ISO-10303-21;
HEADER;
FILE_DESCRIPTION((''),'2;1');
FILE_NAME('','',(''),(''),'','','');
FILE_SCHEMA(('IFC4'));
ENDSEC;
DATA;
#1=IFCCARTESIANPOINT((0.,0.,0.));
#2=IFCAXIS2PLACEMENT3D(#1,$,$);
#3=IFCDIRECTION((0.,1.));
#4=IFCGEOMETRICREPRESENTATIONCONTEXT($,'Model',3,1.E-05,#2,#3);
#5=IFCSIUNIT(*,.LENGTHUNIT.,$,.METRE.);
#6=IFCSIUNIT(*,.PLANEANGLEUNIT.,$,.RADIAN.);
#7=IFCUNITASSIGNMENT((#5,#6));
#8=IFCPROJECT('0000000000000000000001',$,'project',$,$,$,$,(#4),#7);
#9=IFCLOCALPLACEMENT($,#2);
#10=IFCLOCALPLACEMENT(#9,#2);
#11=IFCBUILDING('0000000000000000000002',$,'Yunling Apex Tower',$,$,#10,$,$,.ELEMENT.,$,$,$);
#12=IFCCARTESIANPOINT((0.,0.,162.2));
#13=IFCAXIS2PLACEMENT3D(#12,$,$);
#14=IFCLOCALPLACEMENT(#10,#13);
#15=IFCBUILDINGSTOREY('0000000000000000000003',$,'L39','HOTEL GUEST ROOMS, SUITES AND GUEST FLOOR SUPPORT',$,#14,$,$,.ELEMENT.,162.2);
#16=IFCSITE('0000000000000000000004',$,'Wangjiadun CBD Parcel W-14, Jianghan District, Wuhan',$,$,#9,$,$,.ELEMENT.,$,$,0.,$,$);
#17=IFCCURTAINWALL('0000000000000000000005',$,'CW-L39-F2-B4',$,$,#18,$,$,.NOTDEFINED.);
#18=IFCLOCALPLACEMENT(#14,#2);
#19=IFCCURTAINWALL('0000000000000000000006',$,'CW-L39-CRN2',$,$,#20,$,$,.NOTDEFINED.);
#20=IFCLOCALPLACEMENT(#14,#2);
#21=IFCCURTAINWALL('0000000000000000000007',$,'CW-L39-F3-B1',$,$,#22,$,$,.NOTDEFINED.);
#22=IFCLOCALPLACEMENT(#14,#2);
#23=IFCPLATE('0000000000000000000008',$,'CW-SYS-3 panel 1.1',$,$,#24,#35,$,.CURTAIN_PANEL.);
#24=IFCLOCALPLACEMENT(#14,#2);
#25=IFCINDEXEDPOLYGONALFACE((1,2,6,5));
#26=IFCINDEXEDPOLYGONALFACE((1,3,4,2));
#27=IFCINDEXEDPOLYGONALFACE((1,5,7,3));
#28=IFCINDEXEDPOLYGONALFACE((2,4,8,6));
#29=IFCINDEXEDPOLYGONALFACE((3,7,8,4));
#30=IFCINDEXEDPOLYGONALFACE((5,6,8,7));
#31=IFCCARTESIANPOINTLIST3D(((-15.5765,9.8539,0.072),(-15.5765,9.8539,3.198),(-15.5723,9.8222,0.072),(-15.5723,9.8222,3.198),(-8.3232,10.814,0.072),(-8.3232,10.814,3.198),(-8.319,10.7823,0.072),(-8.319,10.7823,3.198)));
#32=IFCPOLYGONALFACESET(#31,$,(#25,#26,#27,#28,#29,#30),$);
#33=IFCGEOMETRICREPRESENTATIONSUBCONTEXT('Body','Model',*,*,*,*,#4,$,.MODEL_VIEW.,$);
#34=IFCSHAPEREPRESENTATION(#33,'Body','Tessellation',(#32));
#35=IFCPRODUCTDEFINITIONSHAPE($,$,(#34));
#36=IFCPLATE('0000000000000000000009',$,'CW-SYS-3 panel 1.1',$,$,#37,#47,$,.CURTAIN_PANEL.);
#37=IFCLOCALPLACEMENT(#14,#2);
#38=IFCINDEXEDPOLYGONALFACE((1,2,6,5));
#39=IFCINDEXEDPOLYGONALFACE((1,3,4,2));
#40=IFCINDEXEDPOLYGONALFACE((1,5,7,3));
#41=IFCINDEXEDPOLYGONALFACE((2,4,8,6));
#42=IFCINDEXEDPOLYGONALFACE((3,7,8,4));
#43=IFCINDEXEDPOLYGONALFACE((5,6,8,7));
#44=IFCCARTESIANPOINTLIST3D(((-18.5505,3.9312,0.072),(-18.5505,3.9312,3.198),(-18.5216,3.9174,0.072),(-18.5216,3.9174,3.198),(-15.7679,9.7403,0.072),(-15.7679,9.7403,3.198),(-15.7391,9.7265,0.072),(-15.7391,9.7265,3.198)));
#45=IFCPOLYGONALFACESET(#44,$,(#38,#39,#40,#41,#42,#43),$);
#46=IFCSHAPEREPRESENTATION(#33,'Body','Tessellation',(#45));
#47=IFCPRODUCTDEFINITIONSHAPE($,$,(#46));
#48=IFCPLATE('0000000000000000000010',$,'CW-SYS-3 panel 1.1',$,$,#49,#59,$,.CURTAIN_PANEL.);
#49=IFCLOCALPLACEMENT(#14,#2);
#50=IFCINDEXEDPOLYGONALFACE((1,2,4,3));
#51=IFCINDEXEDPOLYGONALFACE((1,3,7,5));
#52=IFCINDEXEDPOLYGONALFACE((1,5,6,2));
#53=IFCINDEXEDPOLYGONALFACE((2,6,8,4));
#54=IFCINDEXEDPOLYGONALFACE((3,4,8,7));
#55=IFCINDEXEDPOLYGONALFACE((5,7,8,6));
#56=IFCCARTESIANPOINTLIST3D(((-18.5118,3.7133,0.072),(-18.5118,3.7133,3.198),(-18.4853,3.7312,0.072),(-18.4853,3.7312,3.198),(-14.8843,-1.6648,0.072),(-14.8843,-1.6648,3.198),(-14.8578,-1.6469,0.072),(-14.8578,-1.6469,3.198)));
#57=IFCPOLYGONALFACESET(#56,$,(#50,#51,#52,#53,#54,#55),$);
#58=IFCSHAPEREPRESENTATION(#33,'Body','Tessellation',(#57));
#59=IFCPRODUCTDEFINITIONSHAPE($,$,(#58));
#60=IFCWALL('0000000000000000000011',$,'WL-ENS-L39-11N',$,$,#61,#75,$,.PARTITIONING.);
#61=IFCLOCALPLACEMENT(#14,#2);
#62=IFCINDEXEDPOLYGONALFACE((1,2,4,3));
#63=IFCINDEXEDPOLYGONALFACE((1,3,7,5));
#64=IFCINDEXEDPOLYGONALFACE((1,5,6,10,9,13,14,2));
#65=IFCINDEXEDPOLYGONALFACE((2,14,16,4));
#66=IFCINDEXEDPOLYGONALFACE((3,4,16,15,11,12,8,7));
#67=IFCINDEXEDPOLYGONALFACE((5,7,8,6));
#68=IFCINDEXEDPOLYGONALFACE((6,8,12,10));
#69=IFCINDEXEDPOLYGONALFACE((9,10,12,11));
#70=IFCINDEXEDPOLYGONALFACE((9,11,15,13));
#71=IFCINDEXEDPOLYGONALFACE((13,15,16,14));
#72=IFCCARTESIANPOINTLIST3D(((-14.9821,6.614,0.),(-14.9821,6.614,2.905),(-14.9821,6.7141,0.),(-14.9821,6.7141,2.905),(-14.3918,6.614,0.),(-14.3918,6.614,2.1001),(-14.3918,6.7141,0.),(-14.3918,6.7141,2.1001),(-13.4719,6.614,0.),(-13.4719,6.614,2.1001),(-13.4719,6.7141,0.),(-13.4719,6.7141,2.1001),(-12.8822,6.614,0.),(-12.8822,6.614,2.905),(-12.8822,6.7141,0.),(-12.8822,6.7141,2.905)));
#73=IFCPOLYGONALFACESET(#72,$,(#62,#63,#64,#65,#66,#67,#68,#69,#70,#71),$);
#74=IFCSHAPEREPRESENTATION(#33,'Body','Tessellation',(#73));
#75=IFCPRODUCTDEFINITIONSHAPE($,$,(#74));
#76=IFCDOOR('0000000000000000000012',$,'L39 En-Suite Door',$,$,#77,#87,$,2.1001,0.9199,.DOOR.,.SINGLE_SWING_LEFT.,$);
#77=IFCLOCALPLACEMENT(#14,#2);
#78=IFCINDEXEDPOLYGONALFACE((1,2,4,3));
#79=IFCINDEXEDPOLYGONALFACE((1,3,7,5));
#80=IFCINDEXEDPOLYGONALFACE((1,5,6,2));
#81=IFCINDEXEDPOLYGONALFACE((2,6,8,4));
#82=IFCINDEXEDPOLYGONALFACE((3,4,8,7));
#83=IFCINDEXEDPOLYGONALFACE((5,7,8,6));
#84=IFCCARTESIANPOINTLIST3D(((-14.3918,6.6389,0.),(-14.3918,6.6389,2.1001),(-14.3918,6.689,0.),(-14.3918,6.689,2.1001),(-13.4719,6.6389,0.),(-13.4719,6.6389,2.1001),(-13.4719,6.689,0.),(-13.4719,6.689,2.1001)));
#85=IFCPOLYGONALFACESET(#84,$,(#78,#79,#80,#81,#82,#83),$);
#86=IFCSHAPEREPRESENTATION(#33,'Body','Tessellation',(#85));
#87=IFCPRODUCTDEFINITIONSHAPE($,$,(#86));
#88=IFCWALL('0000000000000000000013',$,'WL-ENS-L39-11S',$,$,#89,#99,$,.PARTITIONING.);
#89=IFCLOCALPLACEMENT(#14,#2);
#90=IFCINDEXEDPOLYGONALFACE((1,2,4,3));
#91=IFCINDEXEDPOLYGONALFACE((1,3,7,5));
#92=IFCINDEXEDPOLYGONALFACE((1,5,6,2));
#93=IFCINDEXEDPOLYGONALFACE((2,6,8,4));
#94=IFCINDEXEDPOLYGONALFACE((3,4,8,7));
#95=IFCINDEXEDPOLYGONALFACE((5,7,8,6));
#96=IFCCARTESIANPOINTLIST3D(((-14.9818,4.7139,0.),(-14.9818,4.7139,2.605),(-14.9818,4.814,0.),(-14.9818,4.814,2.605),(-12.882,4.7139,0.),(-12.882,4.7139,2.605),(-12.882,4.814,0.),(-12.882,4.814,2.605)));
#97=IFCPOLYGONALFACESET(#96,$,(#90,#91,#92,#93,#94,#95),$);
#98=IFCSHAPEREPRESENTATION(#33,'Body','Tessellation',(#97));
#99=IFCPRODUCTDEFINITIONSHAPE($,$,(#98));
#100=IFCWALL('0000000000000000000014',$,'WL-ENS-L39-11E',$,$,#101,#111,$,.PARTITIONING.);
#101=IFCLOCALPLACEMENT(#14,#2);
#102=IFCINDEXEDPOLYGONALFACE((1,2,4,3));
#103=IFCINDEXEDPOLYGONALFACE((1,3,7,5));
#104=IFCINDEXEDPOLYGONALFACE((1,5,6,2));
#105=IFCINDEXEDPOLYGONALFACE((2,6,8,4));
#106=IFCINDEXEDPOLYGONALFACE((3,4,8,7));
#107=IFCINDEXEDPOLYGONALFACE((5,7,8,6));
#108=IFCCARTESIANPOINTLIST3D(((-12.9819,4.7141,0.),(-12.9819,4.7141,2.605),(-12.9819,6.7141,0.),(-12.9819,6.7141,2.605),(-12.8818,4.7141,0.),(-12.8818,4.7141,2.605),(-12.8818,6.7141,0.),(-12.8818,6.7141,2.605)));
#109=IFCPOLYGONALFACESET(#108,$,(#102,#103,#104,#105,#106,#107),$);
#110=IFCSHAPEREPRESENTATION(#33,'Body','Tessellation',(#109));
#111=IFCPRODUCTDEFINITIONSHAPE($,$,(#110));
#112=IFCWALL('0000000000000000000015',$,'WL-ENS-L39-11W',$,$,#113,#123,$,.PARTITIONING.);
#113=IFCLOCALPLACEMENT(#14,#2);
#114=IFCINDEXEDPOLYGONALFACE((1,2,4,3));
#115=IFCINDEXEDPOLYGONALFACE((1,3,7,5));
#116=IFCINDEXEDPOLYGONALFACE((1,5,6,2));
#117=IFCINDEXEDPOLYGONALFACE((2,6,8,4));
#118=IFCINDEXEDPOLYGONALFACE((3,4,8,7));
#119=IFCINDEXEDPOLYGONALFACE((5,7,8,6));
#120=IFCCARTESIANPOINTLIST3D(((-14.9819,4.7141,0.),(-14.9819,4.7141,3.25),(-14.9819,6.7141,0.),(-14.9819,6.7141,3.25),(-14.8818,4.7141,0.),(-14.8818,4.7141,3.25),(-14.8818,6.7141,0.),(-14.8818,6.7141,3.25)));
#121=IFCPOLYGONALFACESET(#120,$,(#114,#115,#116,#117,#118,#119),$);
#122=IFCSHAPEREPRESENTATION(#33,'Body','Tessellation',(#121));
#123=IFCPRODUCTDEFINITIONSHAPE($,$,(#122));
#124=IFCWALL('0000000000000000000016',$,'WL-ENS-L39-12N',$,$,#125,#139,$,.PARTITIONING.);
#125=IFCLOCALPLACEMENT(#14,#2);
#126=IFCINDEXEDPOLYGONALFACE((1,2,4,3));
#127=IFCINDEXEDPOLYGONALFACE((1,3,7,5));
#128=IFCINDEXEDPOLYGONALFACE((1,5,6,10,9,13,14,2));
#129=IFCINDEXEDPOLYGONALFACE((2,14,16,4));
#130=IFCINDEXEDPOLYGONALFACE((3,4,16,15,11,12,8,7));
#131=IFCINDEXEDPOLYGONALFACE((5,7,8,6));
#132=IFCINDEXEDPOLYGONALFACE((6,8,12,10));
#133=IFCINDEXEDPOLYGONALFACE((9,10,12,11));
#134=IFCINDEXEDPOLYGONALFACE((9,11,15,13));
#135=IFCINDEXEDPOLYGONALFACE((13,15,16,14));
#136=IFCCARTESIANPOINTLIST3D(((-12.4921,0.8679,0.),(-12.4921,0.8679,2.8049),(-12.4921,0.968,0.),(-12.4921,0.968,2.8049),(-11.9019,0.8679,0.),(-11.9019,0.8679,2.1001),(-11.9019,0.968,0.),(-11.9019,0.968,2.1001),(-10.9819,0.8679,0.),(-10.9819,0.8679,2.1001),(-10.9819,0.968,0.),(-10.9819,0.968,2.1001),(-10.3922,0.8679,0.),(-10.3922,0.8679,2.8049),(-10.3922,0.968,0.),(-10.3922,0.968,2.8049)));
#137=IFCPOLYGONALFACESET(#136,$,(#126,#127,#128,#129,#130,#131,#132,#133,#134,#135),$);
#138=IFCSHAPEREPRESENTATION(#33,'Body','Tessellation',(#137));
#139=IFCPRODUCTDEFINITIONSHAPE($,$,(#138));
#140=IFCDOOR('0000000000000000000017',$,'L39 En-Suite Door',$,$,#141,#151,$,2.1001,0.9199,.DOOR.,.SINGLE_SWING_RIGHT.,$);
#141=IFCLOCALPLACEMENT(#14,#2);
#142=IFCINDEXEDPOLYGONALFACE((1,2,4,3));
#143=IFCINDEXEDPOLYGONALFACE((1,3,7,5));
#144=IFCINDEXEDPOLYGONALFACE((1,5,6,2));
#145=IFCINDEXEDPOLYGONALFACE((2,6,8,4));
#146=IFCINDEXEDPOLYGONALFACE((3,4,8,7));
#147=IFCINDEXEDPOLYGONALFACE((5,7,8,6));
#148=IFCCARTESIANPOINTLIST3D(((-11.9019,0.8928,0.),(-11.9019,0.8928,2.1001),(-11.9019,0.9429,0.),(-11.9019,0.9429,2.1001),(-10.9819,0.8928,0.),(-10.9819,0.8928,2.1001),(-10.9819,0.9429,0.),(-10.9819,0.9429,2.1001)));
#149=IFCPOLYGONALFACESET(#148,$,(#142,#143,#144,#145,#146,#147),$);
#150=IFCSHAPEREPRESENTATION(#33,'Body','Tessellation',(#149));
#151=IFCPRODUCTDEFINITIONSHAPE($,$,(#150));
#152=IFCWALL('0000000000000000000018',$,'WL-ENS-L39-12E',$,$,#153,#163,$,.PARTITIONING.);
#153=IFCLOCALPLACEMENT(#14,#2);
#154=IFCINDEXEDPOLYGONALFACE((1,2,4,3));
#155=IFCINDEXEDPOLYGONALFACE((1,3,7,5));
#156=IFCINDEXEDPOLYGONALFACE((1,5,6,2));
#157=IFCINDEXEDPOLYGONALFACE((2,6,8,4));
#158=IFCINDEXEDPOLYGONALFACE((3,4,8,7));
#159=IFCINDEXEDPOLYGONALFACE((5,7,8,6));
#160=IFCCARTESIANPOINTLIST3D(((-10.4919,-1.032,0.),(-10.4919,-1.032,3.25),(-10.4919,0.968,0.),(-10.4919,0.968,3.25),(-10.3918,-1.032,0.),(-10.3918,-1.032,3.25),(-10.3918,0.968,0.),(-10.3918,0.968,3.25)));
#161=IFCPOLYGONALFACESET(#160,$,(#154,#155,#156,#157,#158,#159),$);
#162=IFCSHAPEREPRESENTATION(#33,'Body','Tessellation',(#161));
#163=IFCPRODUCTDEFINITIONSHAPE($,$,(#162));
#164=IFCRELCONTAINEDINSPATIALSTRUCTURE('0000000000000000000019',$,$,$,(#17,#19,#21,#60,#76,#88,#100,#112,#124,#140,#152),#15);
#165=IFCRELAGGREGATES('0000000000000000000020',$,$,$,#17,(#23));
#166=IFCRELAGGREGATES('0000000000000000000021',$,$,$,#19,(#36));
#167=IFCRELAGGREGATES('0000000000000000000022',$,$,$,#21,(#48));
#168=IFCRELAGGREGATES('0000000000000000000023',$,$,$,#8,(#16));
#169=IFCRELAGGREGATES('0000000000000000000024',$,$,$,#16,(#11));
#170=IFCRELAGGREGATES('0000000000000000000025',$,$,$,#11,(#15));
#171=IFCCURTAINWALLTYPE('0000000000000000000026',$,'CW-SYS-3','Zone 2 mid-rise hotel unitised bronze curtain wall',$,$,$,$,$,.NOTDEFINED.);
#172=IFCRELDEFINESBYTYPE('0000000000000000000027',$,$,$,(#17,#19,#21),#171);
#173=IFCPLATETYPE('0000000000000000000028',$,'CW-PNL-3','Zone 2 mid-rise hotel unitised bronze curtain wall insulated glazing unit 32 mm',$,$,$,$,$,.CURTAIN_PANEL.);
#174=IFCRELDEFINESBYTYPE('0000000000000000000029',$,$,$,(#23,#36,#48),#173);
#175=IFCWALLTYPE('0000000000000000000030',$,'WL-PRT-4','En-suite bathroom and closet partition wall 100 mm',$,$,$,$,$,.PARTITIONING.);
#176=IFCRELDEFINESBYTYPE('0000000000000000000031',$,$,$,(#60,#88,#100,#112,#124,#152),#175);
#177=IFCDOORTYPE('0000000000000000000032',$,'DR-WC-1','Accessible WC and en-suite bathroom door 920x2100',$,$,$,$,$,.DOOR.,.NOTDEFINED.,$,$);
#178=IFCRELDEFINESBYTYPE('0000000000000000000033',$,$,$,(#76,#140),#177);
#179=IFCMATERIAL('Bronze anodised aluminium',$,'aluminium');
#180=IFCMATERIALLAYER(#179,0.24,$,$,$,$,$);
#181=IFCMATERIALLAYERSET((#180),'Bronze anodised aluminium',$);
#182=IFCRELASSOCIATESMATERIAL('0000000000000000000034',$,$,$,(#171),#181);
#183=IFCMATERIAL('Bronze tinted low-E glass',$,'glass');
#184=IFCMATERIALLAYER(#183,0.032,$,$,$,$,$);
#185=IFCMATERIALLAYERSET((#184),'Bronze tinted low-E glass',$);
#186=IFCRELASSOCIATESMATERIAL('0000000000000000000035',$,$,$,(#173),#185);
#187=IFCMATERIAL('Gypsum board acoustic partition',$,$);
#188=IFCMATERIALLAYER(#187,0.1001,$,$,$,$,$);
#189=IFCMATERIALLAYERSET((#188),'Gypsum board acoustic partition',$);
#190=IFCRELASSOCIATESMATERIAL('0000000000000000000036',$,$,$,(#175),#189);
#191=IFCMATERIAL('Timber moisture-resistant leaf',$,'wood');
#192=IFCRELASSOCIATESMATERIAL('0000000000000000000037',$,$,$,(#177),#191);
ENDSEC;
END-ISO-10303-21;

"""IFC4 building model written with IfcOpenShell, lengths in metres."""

from ifc_helpers import new_model, si_unit, direction, frame, frame_2d, origin, origin_2d, place, context, subcontext, project, spatial, rectangle, extrude, source, transform, mapped, material, layer, layer_set, type_object, element, fill, aggregate, save


model = new_model("IFC4")

# Units and contexts
model_context = context("Model", 3, precision=1e-05, world=origin(), true_north=direction((0.0, 1.0)))
body_context = subcontext(model_context, "Body", "Model", "MODEL_VIEW")
ifc_project = project(units=[si_unit("LENGTHUNIT", "METRE"), si_unit("PLANEANGLEUNIT", "RADIAN")], contexts=[model_context])

# Site, building, storey
site_placement = place(None, origin())
site = spatial("IfcSite", under=ifc_project, at=site_placement, Name="Wangjiadun CBD Parcel W-14, Jianghan District, Wuhan", CompositionType="ELEMENT", RefElevation=0.0)
building_placement = place(site_placement, origin())
building = spatial("IfcBuilding", under=site, at=building_placement, Name="Yunling Apex Tower", CompositionType="ELEMENT")
storey_placement = place(building_placement, frame((0.0, 0.0, 162.2)))
storey = spatial("IfcBuildingStorey", under=building, at=storey_placement, Name="L39", Description="HOTEL GUEST ROOMS, SUITES AND GUEST FLOOR SUPPORT", CompositionType="ELEMENT", Elevation=162.2)

# Curtain wall
ifc_material_1 = material(Name="Bronze anodised aluminium", Category="aluminium")
ifc_layer_1 = layer(ifc_material_1, 0.24)
ifc_layer_set_1 = layer_set([ifc_layer_1], Name="Bronze anodised aluminium")
curtain_wall_type = type_object("IfcCurtainWallType", Name="CW-SYS-3", Description="Zone 2 mid-rise hotel unitised bronze curtain wall", PredefinedType="NOTDEFINED", material=ifc_layer_set_1)
curtain_wall_1_placement = place(storey_placement, origin())
curtain_wall_1 = element("IfcCurtainWall", 1, at=curtain_wall_1_placement, inside=storey, type_object=curtain_wall_type, Name="CW-L39-F2-B4", PredefinedType="NOTDEFINED")

# Curtain wall
curtain_wall_2_placement = place(storey_placement, origin())
curtain_wall_2 = element("IfcCurtainWall", 2, at=curtain_wall_2_placement, inside=storey, type_object=curtain_wall_type, Name="CW-L39-CRN2", PredefinedType="NOTDEFINED")

# Curtain wall
curtain_wall_3_placement = place(storey_placement, origin())
curtain_wall_3 = element("IfcCurtainWall", 3, at=curtain_wall_3_placement, inside=storey, type_object=curtain_wall_type, Name="CW-L39-F3-B1", PredefinedType="NOTDEFINED")

# Plates
ifc_material_2 = material(Name="Bronze tinted low-E glass", Category="glass")
ifc_layer_2 = layer(ifc_material_2, 0.032)
ifc_layer_set_2 = layer_set([ifc_layer_2], Name="Bronze tinted low-E glass")
plate_type = type_object("IfcPlateType", Name="CW-PNL-3", Description="Zone 2 mid-rise hotel unitised bronze curtain wall insulated glazing unit 32 mm", PredefinedType="CURTAIN_PANEL", material=ifc_layer_set_2)
shared_shape_1 = source(origin(), body_context, "Body", "SweptSolid", [
    extrude(rectangle(XDim=7.3167, YDim=0.032, at=origin_2d()), origin(), (0.0, 0.0, 1.0), 3.126),
])
plate_1_placement = place(storey_placement, frame((-11.9478, 10.3181, 0.072), z_axis=(0.0, 0.0, 1.0), x_axis=(-0.991353, -0.131222, 0.0)))
plate_1 = element("IfcPlate", 4, at=plate_1_placement, type_object=plate_type, Name="CW-SYS-3 panel 1.1", PredefinedType="CURTAIN_PANEL", context=body_context, shape_type="MappedRepresentation", body=[
    mapped(shared_shape_1, transform((0.0, 0.0, 0.0), scale=1.0)),
])
aggregate(curtain_wall_1, [plate_1])
shared_shape_2 = source(origin(), body_context, "Body", "SweptSolid", [
    extrude(rectangle(XDim=6.4412, YDim=0.032, at=origin_2d()), origin(), (0.0, 0.0, 1.0), 3.126),
])
plate_2_placement = place(storey_placement, frame((-17.1448, 6.8289, 0.072), z_axis=(0.0, 0.0, 1.0), x_axis=(-0.431994, -0.901877, 0.0)))
plate_2 = element("IfcPlate", 5, at=plate_2_placement, type_object=plate_type, Name="CW-SYS-3 panel 1.1", PredefinedType="CURTAIN_PANEL", context=body_context, shape_type="MappedRepresentation", body=[
    mapped(shared_shape_2, transform((0.0, 0.0, 0.0), scale=1.0)),
])
aggregate(curtain_wall_2, [plate_2])
shared_shape_3 = source(origin(), body_context, "Body", "SweptSolid", [
    extrude(rectangle(XDim=6.4871, YDim=0.032, at=origin_2d()), origin(), (0.0, 0.0, 1.0), 3.126),
])
plate_3_placement = place(storey_placement, frame((-16.6848, 1.0332, 0.072), z_axis=(0.0, 0.0, 1.0), x_axis=(0.559181, -0.829045, 0.0)))
plate_3 = element("IfcPlate", 6, at=plate_3_placement, type_object=plate_type, Name="CW-SYS-3 panel 1.1", PredefinedType="CURTAIN_PANEL", context=body_context, shape_type="MappedRepresentation", body=[
    mapped(shared_shape_3, transform((0.0, 0.0, 0.0), scale=1.0)),
])
aggregate(curtain_wall_3, [plate_3])

# Wall, opening, door
ifc_material_3 = material(Name="Gypsum board acoustic partition")
ifc_layer_3 = layer(ifc_material_3, 0.1001)
ifc_layer_set_3 = layer_set([ifc_layer_3], Name="Gypsum board acoustic partition")
wall_type = type_object("IfcWallType", Name="WL-PRT-4", Description="En-suite bathroom and closet partition wall 100 mm", PredefinedType="PARTITIONING", material=ifc_layer_set_3)
wall_1_placement = place(storey_placement, frame((-14.9819, 6.6641, 0.0), z_axis=(0.0, 0.0, 1.0), x_axis=(1.0, 0.0, 0.0)))
wall_1 = element("IfcWall", 7, at=wall_1_placement, inside=storey, type_object=wall_type, Name="WL-ENS-L39-11N", PredefinedType="PARTITIONING", context=body_context, shape_type="SweptSolid", body=[
    extrude(rectangle(XDim=2.0999, YDim=0.1001, at=frame_2d((1.0498, 0.0))), origin(), (0.0, 0.0, 1.0), 2.905),
])
opening_1_placement = place(wall_1_placement, frame((0.5901, 0.0, 0.0)))
opening_1 = element("IfcOpeningElement", 8, at=opening_1_placement, cuts=wall_1, PredefinedType="OPENING", context=body_context, shape_type="SweptSolid", body=[
    extrude(rectangle(XDim=0.9199, YDim=2.1001, at=frame_2d((0.46, 1.05))), frame((0.0, 0.0601, 0.0), z_axis=(0.0, -1.0, 0.0), x_axis=(1.0, 0.0, 0.0)), (0.0, 0.0, 1.0), 0.1201),
])
ifc_material_4 = material(Name="Timber moisture-resistant leaf", Category="wood")
door_type = type_object("IfcDoorType", Name="DR-WC-1", Description="Accessible WC and en-suite bathroom door 920x2100", OperationType="NOTDEFINED", PredefinedType="DOOR", material=ifc_material_4)
door_1_placement = place(opening_1_placement, origin())
door_1 = element("IfcDoor", 9, at=door_1_placement, inside=storey, type_object=door_type, Name="L39 En-Suite Door", OperationType="SINGLE_SWING_LEFT", OverallHeight=2.1001, OverallWidth=0.9199, PredefinedType="DOOR", context=body_context, shape_type="SweptSolid", body=[
    extrude(rectangle(XDim=0.9199, YDim=2.1001, at=frame_2d((0.46, 1.05))), frame((0.0, 0.0249, 0.0), z_axis=(0.0, -1.0, 0.0), x_axis=(1.0, 0.0, 0.0)), (0.0, 0.0, 1.0), 0.05),
])
fill(opening_1, door_1)

# Walls
wall_2_placement = place(storey_placement, frame((-12.8821, 4.7639, 0.0), z_axis=(0.0, 0.0, 1.0), x_axis=(-1.0, 0.0, 0.0)))
element("IfcWall", 10, at=wall_2_placement, inside=storey, type_object=wall_type, Name="WL-ENS-L39-11S", PredefinedType="PARTITIONING", context=body_context, shape_type="SweptSolid", body=[
    extrude(rectangle(XDim=2.0999, YDim=0.1001, at=frame_2d((1.0498, 0.0))), origin(), (0.0, 0.0, 1.0), 2.605),
])
wall_3_placement = place(storey_placement, frame((-12.9319, 6.7141, 0.0), z_axis=(0.0, 0.0, 1.0), x_axis=(0.0, -1.0, 0.0)))
element("IfcWall", 11, at=wall_3_placement, inside=storey, type_object=wall_type, Name="WL-ENS-L39-11E", PredefinedType="PARTITIONING", context=body_context, shape_type="SweptSolid", body=[
    extrude(rectangle(XDim=2.0, YDim=0.1001, at=frame_2d((1.0, 0.0))), origin(), (0.0, 0.0, 1.0), 2.605),
])
wall_4_placement = place(storey_placement, frame((-14.9319, 4.7141, 0.0), z_axis=(0.0, 0.0, 1.0), x_axis=(0.0, 1.0, 0.0)))
element("IfcWall", 12, at=wall_4_placement, inside=storey, type_object=wall_type, Name="WL-ENS-L39-11W", PredefinedType="PARTITIONING", context=body_context, shape_type="SweptSolid", body=[
    extrude(rectangle(XDim=2.0, YDim=0.1001, at=frame_2d((1.0, 0.0))), origin(), (0.0, 0.0, 1.0), 3.25),
])

# Wall, opening, door
wall_5_placement = place(storey_placement, frame((-12.4919, 0.918, 0.0), z_axis=(0.0, 0.0, 1.0), x_axis=(1.0, 0.0, 0.0)))
wall_5 = element("IfcWall", 13, at=wall_5_placement, inside=storey, type_object=wall_type, Name="WL-ENS-L39-12N", PredefinedType="PARTITIONING", context=body_context, shape_type="SweptSolid", body=[
    extrude(rectangle(XDim=2.0999, YDim=0.1001, at=frame_2d((1.0498, 0.0))), origin(), (0.0, 0.0, 1.0), 2.8049),
])
opening_2_placement = place(wall_5_placement, frame((0.5901, 0.0, 0.0)))
opening_2 = element("IfcOpeningElement", 14, at=opening_2_placement, cuts=wall_5, PredefinedType="OPENING", context=body_context, shape_type="SweptSolid", body=[
    extrude(rectangle(XDim=0.9199, YDim=2.1001, at=frame_2d((0.46, 1.05))), frame((0.0, 0.0601, 0.0), z_axis=(0.0, -1.0, 0.0), x_axis=(1.0, 0.0, 0.0)), (0.0, 0.0, 1.0), 0.1201),
])
door_2_placement = place(opening_2_placement, origin())
door_2 = element("IfcDoor", 15, at=door_2_placement, inside=storey, type_object=door_type, Name="L39 En-Suite Door", OperationType="SINGLE_SWING_RIGHT", OverallHeight=2.1001, OverallWidth=0.9199, PredefinedType="DOOR", context=body_context, shape_type="SweptSolid", body=[
    extrude(rectangle(XDim=0.9199, YDim=2.1001, at=frame_2d((0.46, 1.05))), frame((0.0, 0.0249, 0.0), z_axis=(0.0, -1.0, 0.0), x_axis=(1.0, 0.0, 0.0)), (0.0, 0.0, 1.0), 0.05),
])
fill(opening_2, door_2)

# Wall
wall_6_placement = place(storey_placement, frame((-10.4419, 0.968, 0.0), z_axis=(0.0, 0.0, 1.0), x_axis=(0.0, -1.0, 0.0)))
element("IfcWall", 16, at=wall_6_placement, inside=storey, type_object=wall_type, Name="WL-ENS-L39-12E", PredefinedType="PARTITIONING", context=body_context, shape_type="SweptSolid", body=[
    extrude(rectangle(XDim=2.0, YDim=0.1001, at=frame_2d((1.0, 0.0))), origin(), (0.0, 0.0, 1.0), 3.25),
])

save(model, "model.ifc")
